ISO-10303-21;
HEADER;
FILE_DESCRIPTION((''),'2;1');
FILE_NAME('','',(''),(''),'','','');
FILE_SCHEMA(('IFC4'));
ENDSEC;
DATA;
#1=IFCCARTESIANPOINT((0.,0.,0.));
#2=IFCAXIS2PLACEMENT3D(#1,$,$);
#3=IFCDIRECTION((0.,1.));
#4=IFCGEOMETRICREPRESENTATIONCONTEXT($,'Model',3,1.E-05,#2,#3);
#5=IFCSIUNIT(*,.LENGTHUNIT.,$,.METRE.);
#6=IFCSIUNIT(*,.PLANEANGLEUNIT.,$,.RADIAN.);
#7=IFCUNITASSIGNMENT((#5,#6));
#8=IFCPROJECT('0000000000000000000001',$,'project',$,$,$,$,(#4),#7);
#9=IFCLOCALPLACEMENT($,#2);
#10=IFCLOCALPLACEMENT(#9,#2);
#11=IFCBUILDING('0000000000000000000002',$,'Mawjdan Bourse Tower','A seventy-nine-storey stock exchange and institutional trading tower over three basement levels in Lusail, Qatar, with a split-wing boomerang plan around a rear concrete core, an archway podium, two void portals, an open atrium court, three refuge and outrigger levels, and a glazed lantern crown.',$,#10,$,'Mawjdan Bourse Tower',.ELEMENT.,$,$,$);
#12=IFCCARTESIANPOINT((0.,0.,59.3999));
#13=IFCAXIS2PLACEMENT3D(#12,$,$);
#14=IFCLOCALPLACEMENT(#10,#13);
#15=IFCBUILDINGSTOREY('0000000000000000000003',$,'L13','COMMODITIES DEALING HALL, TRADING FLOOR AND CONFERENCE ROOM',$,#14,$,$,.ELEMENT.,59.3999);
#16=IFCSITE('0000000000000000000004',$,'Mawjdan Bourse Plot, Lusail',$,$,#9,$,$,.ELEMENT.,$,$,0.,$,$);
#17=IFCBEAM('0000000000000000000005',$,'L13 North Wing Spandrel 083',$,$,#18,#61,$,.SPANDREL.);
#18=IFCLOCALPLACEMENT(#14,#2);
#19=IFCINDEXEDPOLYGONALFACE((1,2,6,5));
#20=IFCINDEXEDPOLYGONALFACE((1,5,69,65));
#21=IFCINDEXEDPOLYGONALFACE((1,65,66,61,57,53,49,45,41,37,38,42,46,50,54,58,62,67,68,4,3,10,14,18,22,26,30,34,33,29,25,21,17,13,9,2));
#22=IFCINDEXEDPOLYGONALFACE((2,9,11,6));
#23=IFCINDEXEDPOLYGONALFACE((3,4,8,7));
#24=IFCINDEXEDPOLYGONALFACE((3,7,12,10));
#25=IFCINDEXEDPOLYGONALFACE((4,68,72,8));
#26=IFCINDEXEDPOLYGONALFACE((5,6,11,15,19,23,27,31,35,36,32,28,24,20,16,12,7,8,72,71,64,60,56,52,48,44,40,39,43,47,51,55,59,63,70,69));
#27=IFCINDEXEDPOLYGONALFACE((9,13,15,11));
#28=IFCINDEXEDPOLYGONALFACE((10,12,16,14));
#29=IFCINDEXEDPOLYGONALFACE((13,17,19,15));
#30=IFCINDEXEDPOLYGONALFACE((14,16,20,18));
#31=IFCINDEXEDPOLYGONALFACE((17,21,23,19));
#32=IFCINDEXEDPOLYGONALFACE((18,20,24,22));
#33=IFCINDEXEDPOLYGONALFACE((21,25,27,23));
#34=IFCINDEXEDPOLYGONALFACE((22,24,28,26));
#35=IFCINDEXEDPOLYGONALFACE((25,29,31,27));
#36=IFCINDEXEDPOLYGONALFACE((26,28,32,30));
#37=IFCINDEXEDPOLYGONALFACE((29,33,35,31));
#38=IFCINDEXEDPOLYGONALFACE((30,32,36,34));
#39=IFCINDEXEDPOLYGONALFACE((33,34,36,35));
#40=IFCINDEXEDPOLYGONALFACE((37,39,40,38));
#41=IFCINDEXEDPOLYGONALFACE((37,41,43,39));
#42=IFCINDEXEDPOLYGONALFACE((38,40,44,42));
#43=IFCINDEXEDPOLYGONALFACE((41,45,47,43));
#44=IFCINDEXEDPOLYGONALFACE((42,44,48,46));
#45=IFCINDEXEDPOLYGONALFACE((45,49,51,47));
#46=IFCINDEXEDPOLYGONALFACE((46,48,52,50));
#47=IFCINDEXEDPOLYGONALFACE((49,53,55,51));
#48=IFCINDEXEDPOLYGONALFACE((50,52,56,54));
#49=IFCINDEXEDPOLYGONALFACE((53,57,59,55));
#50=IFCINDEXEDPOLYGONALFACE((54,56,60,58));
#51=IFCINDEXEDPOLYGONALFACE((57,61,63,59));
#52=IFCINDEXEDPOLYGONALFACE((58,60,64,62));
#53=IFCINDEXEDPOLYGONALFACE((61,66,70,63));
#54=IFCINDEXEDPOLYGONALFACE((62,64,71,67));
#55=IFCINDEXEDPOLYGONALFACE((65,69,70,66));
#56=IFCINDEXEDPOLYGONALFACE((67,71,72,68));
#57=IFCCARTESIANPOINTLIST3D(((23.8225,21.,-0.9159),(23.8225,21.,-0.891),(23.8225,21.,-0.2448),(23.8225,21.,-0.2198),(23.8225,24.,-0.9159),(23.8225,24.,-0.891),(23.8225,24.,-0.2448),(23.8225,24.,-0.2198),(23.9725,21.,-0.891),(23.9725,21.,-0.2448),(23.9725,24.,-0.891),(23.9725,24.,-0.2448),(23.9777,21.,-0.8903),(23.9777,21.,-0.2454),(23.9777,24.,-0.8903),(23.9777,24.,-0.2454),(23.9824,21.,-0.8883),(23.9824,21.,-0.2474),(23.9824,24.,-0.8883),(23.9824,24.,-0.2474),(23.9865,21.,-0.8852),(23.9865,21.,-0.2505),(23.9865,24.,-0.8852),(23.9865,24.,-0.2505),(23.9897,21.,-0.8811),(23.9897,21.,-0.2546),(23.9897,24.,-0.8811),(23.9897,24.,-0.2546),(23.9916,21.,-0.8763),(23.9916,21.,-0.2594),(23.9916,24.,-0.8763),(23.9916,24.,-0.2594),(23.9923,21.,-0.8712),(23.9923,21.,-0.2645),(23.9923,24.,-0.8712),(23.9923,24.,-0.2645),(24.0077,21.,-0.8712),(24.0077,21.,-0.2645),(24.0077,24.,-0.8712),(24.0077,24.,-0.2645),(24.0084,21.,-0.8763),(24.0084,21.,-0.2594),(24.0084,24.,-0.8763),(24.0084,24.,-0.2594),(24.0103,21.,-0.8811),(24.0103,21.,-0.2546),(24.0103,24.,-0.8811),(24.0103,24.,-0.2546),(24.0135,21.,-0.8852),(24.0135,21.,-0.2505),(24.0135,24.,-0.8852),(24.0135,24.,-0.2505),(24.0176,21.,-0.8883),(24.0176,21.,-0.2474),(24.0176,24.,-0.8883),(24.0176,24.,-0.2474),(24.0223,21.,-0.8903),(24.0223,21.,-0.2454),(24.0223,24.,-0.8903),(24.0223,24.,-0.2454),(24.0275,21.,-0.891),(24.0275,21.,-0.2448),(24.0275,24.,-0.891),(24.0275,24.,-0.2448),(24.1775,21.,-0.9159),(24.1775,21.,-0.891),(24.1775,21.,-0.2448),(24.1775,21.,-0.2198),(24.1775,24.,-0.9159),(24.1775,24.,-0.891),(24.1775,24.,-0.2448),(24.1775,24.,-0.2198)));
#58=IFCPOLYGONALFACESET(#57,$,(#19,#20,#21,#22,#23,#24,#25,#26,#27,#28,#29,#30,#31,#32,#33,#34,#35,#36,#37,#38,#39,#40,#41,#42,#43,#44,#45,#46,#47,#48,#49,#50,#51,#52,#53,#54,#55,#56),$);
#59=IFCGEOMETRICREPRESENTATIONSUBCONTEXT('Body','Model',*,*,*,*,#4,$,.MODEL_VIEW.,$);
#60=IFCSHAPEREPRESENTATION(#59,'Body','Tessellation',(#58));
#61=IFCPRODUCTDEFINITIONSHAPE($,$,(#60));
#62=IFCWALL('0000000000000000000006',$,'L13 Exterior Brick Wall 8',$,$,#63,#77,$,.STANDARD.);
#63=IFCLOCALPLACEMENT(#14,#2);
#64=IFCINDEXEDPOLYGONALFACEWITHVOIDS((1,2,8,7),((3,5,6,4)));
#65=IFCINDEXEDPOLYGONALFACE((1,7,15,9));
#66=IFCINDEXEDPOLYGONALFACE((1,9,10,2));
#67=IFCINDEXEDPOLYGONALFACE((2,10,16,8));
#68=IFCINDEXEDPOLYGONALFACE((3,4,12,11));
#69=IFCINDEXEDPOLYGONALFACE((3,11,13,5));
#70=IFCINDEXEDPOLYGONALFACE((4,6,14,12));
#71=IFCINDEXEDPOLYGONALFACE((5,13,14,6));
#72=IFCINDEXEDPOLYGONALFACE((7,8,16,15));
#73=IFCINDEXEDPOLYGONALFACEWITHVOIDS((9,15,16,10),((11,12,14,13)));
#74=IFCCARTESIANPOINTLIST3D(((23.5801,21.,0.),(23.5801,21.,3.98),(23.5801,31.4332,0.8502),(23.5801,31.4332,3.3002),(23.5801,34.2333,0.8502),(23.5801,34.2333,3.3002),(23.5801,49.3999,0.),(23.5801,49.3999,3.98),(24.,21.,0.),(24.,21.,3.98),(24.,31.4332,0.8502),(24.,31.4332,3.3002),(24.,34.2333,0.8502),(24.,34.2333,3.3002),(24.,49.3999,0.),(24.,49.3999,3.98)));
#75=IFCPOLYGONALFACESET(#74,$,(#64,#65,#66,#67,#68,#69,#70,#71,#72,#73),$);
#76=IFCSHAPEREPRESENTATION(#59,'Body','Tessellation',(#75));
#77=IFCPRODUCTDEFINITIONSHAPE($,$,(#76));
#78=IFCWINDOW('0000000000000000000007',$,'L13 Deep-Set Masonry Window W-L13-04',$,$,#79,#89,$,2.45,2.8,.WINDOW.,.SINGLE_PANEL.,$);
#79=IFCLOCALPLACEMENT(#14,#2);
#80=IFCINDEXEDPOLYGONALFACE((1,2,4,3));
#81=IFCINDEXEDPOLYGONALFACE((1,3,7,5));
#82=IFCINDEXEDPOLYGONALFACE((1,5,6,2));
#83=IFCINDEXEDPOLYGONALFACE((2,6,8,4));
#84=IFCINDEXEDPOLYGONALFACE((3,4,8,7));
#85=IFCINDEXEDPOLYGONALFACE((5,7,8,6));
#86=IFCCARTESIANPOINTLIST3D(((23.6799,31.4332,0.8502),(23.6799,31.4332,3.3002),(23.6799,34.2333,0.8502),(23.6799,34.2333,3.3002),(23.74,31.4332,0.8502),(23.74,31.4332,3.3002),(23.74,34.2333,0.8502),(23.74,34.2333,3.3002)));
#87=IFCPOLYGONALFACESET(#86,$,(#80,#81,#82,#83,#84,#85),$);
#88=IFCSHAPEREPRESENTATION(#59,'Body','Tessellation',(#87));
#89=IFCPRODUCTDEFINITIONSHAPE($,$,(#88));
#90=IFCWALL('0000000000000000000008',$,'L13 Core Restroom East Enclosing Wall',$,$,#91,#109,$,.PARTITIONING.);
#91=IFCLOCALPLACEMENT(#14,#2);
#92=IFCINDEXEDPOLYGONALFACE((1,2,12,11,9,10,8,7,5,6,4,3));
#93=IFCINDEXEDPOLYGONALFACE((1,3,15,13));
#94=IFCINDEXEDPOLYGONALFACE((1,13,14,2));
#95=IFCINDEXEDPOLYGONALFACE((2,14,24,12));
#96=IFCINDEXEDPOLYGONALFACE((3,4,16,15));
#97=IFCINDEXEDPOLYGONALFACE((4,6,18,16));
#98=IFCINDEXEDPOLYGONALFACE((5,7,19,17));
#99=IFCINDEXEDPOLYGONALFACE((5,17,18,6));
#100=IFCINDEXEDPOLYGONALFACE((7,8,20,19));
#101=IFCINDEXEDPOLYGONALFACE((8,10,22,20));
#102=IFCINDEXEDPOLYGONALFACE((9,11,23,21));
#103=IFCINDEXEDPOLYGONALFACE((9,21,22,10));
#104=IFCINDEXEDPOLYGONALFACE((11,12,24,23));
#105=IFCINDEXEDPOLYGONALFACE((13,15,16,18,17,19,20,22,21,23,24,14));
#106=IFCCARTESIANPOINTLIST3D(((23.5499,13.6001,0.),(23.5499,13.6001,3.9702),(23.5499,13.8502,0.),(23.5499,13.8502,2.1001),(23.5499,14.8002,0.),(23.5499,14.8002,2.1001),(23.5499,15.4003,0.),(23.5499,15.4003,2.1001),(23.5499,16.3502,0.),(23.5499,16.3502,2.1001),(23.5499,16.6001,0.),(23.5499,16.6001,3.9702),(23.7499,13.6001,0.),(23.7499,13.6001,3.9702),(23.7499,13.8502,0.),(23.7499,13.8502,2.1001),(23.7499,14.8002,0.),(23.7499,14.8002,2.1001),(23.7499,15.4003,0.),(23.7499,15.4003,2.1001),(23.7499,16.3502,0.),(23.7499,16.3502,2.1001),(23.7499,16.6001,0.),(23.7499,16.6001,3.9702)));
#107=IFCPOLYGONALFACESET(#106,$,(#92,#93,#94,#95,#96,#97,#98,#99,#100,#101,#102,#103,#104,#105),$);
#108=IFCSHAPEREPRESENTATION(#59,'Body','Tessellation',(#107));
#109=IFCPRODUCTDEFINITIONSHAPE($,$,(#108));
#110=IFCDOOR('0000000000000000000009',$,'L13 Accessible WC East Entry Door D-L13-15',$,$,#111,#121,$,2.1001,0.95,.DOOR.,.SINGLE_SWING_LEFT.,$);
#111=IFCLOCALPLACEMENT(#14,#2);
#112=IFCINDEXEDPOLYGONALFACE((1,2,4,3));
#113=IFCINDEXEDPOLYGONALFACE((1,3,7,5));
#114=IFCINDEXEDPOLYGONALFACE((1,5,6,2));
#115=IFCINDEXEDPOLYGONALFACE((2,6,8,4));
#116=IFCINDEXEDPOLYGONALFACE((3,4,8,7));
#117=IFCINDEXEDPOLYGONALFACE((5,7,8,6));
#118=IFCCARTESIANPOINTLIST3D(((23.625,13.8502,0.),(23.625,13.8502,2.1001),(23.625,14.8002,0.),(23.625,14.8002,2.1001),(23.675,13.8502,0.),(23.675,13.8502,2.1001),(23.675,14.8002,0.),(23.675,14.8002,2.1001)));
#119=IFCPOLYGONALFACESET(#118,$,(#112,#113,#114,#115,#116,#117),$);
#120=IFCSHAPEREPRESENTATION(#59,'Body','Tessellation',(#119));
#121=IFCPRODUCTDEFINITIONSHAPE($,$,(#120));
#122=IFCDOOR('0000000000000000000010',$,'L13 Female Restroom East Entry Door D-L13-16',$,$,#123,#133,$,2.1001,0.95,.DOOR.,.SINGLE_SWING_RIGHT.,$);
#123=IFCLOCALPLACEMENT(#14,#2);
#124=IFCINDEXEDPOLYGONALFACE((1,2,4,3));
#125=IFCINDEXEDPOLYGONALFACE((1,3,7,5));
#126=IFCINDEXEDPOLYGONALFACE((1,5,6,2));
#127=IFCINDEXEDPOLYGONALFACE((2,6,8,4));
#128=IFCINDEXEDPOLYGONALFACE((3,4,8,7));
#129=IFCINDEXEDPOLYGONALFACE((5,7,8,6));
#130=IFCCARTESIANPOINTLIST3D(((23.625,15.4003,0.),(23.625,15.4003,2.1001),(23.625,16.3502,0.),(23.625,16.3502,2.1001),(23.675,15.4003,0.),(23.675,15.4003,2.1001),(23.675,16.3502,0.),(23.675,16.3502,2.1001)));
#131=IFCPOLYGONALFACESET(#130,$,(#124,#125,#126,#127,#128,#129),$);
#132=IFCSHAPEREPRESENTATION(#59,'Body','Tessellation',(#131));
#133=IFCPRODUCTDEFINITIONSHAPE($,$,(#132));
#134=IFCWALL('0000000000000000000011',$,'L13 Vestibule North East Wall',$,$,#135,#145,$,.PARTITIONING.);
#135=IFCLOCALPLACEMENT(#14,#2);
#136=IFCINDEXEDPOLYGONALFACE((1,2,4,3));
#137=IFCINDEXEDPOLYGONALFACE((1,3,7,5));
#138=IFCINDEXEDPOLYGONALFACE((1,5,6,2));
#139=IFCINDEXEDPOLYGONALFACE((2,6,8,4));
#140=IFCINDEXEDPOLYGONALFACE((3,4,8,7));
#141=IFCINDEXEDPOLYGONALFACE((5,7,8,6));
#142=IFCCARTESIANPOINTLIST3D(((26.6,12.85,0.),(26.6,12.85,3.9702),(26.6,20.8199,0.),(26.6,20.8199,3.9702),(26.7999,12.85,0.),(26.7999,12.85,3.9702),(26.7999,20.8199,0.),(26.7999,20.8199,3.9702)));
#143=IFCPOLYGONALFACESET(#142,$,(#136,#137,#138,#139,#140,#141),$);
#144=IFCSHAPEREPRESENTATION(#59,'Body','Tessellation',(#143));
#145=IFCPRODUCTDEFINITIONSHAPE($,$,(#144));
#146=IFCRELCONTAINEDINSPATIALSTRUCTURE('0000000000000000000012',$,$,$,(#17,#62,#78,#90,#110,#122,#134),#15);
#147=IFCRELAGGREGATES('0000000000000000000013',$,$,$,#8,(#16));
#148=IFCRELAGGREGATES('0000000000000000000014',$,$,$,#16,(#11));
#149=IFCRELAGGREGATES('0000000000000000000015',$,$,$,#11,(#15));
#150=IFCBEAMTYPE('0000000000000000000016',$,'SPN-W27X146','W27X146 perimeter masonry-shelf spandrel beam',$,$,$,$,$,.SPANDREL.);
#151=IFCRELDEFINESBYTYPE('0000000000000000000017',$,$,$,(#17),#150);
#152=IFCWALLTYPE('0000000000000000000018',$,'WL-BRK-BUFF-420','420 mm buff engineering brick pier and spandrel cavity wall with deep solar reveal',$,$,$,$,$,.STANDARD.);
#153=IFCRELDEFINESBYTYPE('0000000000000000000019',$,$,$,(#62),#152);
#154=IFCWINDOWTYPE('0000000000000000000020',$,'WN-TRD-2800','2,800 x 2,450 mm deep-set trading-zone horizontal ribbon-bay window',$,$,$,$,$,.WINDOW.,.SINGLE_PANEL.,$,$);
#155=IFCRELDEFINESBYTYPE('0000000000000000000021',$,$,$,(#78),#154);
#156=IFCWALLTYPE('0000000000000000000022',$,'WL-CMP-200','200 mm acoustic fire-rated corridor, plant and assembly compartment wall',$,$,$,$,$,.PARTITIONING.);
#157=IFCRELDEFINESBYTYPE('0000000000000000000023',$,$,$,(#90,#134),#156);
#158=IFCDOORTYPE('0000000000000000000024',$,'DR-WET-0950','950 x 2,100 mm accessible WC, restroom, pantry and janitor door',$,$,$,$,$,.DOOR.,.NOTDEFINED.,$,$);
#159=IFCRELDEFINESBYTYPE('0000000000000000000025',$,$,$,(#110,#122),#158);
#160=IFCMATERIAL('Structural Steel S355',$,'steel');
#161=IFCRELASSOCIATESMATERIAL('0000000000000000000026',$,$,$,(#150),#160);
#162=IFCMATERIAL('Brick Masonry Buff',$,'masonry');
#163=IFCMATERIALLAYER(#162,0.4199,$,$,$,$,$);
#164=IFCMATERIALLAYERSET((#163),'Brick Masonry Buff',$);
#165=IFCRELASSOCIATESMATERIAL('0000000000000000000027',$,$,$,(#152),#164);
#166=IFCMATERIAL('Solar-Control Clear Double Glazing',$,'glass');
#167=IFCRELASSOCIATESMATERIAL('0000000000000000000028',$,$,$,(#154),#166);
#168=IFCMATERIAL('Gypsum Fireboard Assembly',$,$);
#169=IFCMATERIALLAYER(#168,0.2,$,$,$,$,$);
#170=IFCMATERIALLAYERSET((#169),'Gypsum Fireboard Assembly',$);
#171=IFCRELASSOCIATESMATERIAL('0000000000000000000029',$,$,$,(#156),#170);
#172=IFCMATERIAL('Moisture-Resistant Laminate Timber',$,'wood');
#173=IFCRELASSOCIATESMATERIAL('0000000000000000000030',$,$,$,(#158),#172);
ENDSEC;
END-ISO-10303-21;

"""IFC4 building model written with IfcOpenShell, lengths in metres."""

from ifc_helpers import new_model, si_unit, direction, frame, frame_2d, origin, origin_2d, place, context, subcontext, project, spatial, rectangle, i_section, extrude, material, layer, layer_set, material_profile, profile_set, type_object, element, fill, save


model = new_model("IFC4")

# Units and contexts
model_context = context("Model", 3, precision=1e-05, world=origin(), true_north=direction((0.0, 1.0)))
body_context = subcontext(model_context, "Body", "Model", "MODEL_VIEW")
ifc_project = project(units=[si_unit("LENGTHUNIT", "METRE"), si_unit("PLANEANGLEUNIT", "RADIAN")], contexts=[model_context])

# Site, building, storey
site_placement = place(None, origin())
site = spatial("IfcSite", under=ifc_project, at=site_placement, Name="Mawjdan Bourse Plot, Lusail", CompositionType="ELEMENT", RefElevation=0.0)
building_placement = place(site_placement, origin())
building = spatial("IfcBuilding", under=site, at=building_placement, Name="Mawjdan Bourse Tower", Description="A seventy-nine-storey stock exchange and institutional trading tower over three basement levels in Lusail, Qatar, with a split-wing boomerang plan around a rear concrete core, an archway podium, two void portals, an open atrium court, three refuge and outrigger levels, and a glazed lantern crown.", LongName="Mawjdan Bourse Tower", CompositionType="ELEMENT")
storey_placement = place(building_placement, frame((0.0, 0.0, 59.3999)))
storey = spatial("IfcBuildingStorey", under=building, at=storey_placement, Name="L13", Description="COMMODITIES DEALING HALL, TRADING FLOOR AND CONFERENCE ROOM", CompositionType="ELEMENT", Elevation=59.3999)

# Beam
ifc_material_1 = material(Name="Structural Steel S355", Category="steel")
ifc_material_profile_1 = material_profile(ifc_material_1, i_section(OverallWidth=0.355, OverallDepth=0.696, WebThickness=0.0154, FlangeThickness=0.0249, FilletRadius=0.0198, at=origin_2d()), Name="W27X146")
ifc_profile_set_1 = profile_set([ifc_material_profile_1], Name="Structural Steel S355")
beam_type_1 = type_object("IfcBeamType", Name="SPN-W27X146", Description="W27X146 perimeter masonry-shelf spandrel beam", PredefinedType="SPANDREL", material=ifc_profile_set_1)
beam_1_placement = place(storey_placement, frame((24.0, 21.0, -0.5679), z_axis=(0.0, 1.0, 0.0), x_axis=(-1.0, 0.0, 0.0)))
element("IfcBeam", 1, at=beam_1_placement, inside=storey, type_object=beam_type_1, Name="L13 North Wing Spandrel 083", PredefinedType="SPANDREL", context=body_context, shape_type="SweptSolid", body=[
    extrude(i_section(OverallWidth=0.355, OverallDepth=0.696, WebThickness=0.0154, FlangeThickness=0.0249, FilletRadius=0.0198, at=origin_2d()), origin(), (0.0, 0.0, 1.0), 3.0),
])

# Wall, opening, window
ifc_material_2 = material(Name="Brick Masonry Buff", Category="masonry")
ifc_layer_1 = layer(ifc_material_2, 0.4199)
ifc_layer_set_1 = layer_set([ifc_layer_1], Name="Brick Masonry Buff")
wall_type_1 = type_object("IfcWallType", Name="WL-BRK-BUFF-420", Description="420 mm buff engineering brick pier and spandrel cavity wall with deep solar reveal", PredefinedType="STANDARD", material=ifc_layer_set_1)
wall_1_placement = place(storey_placement, frame((23.79, 21.0, 0.0), z_axis=(0.0, 0.0, 1.0), x_axis=(0.0, 1.0, 0.0)))
wall_1 = element("IfcWall", 2, at=wall_1_placement, inside=storey, type_object=wall_type_1, Name="L13 Exterior Brick Wall 8", PredefinedType="STANDARD", context=body_context, shape_type="SweptSolid", body=[
    extrude(rectangle(XDim=28.3999, YDim=0.4199, at=frame_2d((14.2, 0.0))), origin(), (0.0, 0.0, 1.0), 3.98),
])
opening_1_placement = place(wall_1_placement, frame((10.4333, 0.0, 0.8501)))
opening_1 = element("IfcOpeningElement", 3, at=opening_1_placement, cuts=wall_1, PredefinedType="OPENING", context=body_context, shape_type="SweptSolid", body=[
    extrude(rectangle(XDim=2.8, YDim=2.45, at=frame_2d((1.3999, 1.2251))), frame((0.0, 0.22, 0.0), z_axis=(0.0, -1.0, 0.0), x_axis=(1.0, 0.0, 0.0)), (0.0, 0.0, 1.0), 0.4399),
])
ifc_material_3 = material(Name="Solar-Control Clear Double Glazing", Category="glass")
window_type = type_object("IfcWindowType", Name="WN-TRD-2800", Description="2,800 x 2,450 mm deep-set trading-zone horizontal ribbon-bay window", PartitioningType="SINGLE_PANEL", PredefinedType="WINDOW", material=ifc_material_3)
window_placement = place(opening_1_placement, origin())
window = element("IfcWindow", 4, at=window_placement, inside=storey, type_object=window_type, Name="L13 Deep-Set Masonry Window W-L13-04", OverallHeight=2.45, OverallWidth=2.8, PartitioningType="SINGLE_PANEL", PredefinedType="WINDOW", context=body_context, shape_type="SweptSolid", body=[
    extrude(rectangle(XDim=2.8, YDim=2.45, at=frame_2d((1.3999, 1.2251))), frame((0.0, 0.1101, 0.0), z_axis=(0.0, -1.0, 0.0), x_axis=(1.0, 0.0, 0.0)), (0.0, 0.0, 1.0), 0.0601),
])
fill(opening_1, window)

# Wall, openings, doors
ifc_material_4 = material(Name="Gypsum Fireboard Assembly")
ifc_layer_2 = layer(ifc_material_4, 0.2)
ifc_layer_set_2 = layer_set([ifc_layer_2], Name="Gypsum Fireboard Assembly")
wall_type_2 = type_object("IfcWallType", Name="WL-CMP-200", Description="200 mm acoustic fire-rated corridor, plant and assembly compartment wall", PredefinedType="PARTITIONING", material=ifc_layer_set_2)
wall_2_placement = place(storey_placement, frame((23.6499, 13.6001, 0.0), z_axis=(0.0, 0.0, 1.0), x_axis=(0.0, 1.0, 0.0)))
wall_2 = element("IfcWall", 5, at=wall_2_placement, inside=storey, type_object=wall_type_2, Name="L13 Core Restroom East Enclosing Wall", PredefinedType="PARTITIONING", context=body_context, shape_type="SweptSolid", body=[
    extrude(rectangle(XDim=3.0, YDim=0.2, at=frame_2d((1.5, 0.0))), origin(), (0.0, 0.0, 1.0), 3.9702),
])
opening_2_placement = place(wall_2_placement, frame((0.25, 0.0, 0.0)))
opening_2 = element("IfcOpeningElement", 6, at=opening_2_placement, cuts=wall_2, PredefinedType="OPENING", context=body_context, shape_type="SweptSolid", body=[
    extrude(rectangle(XDim=0.95, YDim=2.1001, at=frame_2d((0.4751, 1.05))), frame((0.0, 0.1099, 0.0), z_axis=(0.0, -1.0, 0.0), x_axis=(1.0, 0.0, 0.0)), (0.0, 0.0, 1.0), 0.22),
])
opening_3_placement = place(wall_2_placement, frame((1.8, 0.0, 0.0)))
opening_3 = element("IfcOpeningElement", 7, at=opening_3_placement, cuts=wall_2, PredefinedType="OPENING", context=body_context, shape_type="SweptSolid", body=[
    extrude(rectangle(XDim=0.95, YDim=2.1001, at=frame_2d((0.4751, 1.05))), frame((0.0, 0.1099, 0.0), z_axis=(0.0, -1.0, 0.0), x_axis=(1.0, 0.0, 0.0)), (0.0, 0.0, 1.0), 0.22),
])
ifc_material_5 = material(Name="Moisture-Resistant Laminate Timber", Category="wood")
door_type_1 = type_object("IfcDoorType", Name="DR-WET-0950", Description="950 x 2,100 mm accessible WC, restroom, pantry and janitor door", OperationType="NOTDEFINED", PredefinedType="DOOR", material=ifc_material_5)
door_1_placement = place(opening_2_placement, origin())
door_1 = element("IfcDoor", 8, at=door_1_placement, inside=storey, type_object=door_type_1, Name="L13 Accessible WC East Entry Door D-L13-15", OperationType="SINGLE_SWING_LEFT", OverallHeight=2.1001, OverallWidth=0.95, PredefinedType="DOOR", context=body_context, shape_type="SweptSolid", body=[
    extrude(rectangle(XDim=0.95, YDim=2.1001, at=frame_2d((0.4751, 1.05))), frame((0.0, 0.0249, 0.0), z_axis=(0.0, -1.0, 0.0), x_axis=(1.0, 0.0, 0.0)), (0.0, 0.0, 1.0), 0.05),
])
fill(opening_2, door_1)
door_2_placement = place(opening_3_placement, origin())
door_2 = element("IfcDoor", 9, at=door_2_placement, inside=storey, type_object=door_type_1, Name="L13 Female Restroom East Entry Door D-L13-16", OperationType="SINGLE_SWING_RIGHT", OverallHeight=2.1001, OverallWidth=0.95, PredefinedType="DOOR", context=body_context, shape_type="SweptSolid", body=[
    extrude(rectangle(XDim=0.95, YDim=2.1001, at=frame_2d((0.4751, 1.05))), frame((0.0, 0.0249, 0.0), z_axis=(0.0, -1.0, 0.0), x_axis=(1.0, 0.0, 0.0)), (0.0, 0.0, 1.0), 0.05),
])
fill(opening_3, door_2)

# Wall
wall_3_placement = place(storey_placement, frame((26.7, 12.8501, 0.0), z_axis=(0.0, 0.0, 1.0), x_axis=(0.0, 1.0, 0.0)))
element("IfcWall", 10, at=wall_3_placement, inside=storey, type_object=wall_type_2, Name="L13 Vestibule North East Wall", PredefinedType="PARTITIONING", context=body_context, shape_type="SweptSolid", body=[
    extrude(rectangle(XDim=7.97, YDim=0.2, at=frame_2d((3.9849, 0.0))), origin(), (0.0, 0.0, 1.0), 3.9702),
])

save(model, "model.ifc")
